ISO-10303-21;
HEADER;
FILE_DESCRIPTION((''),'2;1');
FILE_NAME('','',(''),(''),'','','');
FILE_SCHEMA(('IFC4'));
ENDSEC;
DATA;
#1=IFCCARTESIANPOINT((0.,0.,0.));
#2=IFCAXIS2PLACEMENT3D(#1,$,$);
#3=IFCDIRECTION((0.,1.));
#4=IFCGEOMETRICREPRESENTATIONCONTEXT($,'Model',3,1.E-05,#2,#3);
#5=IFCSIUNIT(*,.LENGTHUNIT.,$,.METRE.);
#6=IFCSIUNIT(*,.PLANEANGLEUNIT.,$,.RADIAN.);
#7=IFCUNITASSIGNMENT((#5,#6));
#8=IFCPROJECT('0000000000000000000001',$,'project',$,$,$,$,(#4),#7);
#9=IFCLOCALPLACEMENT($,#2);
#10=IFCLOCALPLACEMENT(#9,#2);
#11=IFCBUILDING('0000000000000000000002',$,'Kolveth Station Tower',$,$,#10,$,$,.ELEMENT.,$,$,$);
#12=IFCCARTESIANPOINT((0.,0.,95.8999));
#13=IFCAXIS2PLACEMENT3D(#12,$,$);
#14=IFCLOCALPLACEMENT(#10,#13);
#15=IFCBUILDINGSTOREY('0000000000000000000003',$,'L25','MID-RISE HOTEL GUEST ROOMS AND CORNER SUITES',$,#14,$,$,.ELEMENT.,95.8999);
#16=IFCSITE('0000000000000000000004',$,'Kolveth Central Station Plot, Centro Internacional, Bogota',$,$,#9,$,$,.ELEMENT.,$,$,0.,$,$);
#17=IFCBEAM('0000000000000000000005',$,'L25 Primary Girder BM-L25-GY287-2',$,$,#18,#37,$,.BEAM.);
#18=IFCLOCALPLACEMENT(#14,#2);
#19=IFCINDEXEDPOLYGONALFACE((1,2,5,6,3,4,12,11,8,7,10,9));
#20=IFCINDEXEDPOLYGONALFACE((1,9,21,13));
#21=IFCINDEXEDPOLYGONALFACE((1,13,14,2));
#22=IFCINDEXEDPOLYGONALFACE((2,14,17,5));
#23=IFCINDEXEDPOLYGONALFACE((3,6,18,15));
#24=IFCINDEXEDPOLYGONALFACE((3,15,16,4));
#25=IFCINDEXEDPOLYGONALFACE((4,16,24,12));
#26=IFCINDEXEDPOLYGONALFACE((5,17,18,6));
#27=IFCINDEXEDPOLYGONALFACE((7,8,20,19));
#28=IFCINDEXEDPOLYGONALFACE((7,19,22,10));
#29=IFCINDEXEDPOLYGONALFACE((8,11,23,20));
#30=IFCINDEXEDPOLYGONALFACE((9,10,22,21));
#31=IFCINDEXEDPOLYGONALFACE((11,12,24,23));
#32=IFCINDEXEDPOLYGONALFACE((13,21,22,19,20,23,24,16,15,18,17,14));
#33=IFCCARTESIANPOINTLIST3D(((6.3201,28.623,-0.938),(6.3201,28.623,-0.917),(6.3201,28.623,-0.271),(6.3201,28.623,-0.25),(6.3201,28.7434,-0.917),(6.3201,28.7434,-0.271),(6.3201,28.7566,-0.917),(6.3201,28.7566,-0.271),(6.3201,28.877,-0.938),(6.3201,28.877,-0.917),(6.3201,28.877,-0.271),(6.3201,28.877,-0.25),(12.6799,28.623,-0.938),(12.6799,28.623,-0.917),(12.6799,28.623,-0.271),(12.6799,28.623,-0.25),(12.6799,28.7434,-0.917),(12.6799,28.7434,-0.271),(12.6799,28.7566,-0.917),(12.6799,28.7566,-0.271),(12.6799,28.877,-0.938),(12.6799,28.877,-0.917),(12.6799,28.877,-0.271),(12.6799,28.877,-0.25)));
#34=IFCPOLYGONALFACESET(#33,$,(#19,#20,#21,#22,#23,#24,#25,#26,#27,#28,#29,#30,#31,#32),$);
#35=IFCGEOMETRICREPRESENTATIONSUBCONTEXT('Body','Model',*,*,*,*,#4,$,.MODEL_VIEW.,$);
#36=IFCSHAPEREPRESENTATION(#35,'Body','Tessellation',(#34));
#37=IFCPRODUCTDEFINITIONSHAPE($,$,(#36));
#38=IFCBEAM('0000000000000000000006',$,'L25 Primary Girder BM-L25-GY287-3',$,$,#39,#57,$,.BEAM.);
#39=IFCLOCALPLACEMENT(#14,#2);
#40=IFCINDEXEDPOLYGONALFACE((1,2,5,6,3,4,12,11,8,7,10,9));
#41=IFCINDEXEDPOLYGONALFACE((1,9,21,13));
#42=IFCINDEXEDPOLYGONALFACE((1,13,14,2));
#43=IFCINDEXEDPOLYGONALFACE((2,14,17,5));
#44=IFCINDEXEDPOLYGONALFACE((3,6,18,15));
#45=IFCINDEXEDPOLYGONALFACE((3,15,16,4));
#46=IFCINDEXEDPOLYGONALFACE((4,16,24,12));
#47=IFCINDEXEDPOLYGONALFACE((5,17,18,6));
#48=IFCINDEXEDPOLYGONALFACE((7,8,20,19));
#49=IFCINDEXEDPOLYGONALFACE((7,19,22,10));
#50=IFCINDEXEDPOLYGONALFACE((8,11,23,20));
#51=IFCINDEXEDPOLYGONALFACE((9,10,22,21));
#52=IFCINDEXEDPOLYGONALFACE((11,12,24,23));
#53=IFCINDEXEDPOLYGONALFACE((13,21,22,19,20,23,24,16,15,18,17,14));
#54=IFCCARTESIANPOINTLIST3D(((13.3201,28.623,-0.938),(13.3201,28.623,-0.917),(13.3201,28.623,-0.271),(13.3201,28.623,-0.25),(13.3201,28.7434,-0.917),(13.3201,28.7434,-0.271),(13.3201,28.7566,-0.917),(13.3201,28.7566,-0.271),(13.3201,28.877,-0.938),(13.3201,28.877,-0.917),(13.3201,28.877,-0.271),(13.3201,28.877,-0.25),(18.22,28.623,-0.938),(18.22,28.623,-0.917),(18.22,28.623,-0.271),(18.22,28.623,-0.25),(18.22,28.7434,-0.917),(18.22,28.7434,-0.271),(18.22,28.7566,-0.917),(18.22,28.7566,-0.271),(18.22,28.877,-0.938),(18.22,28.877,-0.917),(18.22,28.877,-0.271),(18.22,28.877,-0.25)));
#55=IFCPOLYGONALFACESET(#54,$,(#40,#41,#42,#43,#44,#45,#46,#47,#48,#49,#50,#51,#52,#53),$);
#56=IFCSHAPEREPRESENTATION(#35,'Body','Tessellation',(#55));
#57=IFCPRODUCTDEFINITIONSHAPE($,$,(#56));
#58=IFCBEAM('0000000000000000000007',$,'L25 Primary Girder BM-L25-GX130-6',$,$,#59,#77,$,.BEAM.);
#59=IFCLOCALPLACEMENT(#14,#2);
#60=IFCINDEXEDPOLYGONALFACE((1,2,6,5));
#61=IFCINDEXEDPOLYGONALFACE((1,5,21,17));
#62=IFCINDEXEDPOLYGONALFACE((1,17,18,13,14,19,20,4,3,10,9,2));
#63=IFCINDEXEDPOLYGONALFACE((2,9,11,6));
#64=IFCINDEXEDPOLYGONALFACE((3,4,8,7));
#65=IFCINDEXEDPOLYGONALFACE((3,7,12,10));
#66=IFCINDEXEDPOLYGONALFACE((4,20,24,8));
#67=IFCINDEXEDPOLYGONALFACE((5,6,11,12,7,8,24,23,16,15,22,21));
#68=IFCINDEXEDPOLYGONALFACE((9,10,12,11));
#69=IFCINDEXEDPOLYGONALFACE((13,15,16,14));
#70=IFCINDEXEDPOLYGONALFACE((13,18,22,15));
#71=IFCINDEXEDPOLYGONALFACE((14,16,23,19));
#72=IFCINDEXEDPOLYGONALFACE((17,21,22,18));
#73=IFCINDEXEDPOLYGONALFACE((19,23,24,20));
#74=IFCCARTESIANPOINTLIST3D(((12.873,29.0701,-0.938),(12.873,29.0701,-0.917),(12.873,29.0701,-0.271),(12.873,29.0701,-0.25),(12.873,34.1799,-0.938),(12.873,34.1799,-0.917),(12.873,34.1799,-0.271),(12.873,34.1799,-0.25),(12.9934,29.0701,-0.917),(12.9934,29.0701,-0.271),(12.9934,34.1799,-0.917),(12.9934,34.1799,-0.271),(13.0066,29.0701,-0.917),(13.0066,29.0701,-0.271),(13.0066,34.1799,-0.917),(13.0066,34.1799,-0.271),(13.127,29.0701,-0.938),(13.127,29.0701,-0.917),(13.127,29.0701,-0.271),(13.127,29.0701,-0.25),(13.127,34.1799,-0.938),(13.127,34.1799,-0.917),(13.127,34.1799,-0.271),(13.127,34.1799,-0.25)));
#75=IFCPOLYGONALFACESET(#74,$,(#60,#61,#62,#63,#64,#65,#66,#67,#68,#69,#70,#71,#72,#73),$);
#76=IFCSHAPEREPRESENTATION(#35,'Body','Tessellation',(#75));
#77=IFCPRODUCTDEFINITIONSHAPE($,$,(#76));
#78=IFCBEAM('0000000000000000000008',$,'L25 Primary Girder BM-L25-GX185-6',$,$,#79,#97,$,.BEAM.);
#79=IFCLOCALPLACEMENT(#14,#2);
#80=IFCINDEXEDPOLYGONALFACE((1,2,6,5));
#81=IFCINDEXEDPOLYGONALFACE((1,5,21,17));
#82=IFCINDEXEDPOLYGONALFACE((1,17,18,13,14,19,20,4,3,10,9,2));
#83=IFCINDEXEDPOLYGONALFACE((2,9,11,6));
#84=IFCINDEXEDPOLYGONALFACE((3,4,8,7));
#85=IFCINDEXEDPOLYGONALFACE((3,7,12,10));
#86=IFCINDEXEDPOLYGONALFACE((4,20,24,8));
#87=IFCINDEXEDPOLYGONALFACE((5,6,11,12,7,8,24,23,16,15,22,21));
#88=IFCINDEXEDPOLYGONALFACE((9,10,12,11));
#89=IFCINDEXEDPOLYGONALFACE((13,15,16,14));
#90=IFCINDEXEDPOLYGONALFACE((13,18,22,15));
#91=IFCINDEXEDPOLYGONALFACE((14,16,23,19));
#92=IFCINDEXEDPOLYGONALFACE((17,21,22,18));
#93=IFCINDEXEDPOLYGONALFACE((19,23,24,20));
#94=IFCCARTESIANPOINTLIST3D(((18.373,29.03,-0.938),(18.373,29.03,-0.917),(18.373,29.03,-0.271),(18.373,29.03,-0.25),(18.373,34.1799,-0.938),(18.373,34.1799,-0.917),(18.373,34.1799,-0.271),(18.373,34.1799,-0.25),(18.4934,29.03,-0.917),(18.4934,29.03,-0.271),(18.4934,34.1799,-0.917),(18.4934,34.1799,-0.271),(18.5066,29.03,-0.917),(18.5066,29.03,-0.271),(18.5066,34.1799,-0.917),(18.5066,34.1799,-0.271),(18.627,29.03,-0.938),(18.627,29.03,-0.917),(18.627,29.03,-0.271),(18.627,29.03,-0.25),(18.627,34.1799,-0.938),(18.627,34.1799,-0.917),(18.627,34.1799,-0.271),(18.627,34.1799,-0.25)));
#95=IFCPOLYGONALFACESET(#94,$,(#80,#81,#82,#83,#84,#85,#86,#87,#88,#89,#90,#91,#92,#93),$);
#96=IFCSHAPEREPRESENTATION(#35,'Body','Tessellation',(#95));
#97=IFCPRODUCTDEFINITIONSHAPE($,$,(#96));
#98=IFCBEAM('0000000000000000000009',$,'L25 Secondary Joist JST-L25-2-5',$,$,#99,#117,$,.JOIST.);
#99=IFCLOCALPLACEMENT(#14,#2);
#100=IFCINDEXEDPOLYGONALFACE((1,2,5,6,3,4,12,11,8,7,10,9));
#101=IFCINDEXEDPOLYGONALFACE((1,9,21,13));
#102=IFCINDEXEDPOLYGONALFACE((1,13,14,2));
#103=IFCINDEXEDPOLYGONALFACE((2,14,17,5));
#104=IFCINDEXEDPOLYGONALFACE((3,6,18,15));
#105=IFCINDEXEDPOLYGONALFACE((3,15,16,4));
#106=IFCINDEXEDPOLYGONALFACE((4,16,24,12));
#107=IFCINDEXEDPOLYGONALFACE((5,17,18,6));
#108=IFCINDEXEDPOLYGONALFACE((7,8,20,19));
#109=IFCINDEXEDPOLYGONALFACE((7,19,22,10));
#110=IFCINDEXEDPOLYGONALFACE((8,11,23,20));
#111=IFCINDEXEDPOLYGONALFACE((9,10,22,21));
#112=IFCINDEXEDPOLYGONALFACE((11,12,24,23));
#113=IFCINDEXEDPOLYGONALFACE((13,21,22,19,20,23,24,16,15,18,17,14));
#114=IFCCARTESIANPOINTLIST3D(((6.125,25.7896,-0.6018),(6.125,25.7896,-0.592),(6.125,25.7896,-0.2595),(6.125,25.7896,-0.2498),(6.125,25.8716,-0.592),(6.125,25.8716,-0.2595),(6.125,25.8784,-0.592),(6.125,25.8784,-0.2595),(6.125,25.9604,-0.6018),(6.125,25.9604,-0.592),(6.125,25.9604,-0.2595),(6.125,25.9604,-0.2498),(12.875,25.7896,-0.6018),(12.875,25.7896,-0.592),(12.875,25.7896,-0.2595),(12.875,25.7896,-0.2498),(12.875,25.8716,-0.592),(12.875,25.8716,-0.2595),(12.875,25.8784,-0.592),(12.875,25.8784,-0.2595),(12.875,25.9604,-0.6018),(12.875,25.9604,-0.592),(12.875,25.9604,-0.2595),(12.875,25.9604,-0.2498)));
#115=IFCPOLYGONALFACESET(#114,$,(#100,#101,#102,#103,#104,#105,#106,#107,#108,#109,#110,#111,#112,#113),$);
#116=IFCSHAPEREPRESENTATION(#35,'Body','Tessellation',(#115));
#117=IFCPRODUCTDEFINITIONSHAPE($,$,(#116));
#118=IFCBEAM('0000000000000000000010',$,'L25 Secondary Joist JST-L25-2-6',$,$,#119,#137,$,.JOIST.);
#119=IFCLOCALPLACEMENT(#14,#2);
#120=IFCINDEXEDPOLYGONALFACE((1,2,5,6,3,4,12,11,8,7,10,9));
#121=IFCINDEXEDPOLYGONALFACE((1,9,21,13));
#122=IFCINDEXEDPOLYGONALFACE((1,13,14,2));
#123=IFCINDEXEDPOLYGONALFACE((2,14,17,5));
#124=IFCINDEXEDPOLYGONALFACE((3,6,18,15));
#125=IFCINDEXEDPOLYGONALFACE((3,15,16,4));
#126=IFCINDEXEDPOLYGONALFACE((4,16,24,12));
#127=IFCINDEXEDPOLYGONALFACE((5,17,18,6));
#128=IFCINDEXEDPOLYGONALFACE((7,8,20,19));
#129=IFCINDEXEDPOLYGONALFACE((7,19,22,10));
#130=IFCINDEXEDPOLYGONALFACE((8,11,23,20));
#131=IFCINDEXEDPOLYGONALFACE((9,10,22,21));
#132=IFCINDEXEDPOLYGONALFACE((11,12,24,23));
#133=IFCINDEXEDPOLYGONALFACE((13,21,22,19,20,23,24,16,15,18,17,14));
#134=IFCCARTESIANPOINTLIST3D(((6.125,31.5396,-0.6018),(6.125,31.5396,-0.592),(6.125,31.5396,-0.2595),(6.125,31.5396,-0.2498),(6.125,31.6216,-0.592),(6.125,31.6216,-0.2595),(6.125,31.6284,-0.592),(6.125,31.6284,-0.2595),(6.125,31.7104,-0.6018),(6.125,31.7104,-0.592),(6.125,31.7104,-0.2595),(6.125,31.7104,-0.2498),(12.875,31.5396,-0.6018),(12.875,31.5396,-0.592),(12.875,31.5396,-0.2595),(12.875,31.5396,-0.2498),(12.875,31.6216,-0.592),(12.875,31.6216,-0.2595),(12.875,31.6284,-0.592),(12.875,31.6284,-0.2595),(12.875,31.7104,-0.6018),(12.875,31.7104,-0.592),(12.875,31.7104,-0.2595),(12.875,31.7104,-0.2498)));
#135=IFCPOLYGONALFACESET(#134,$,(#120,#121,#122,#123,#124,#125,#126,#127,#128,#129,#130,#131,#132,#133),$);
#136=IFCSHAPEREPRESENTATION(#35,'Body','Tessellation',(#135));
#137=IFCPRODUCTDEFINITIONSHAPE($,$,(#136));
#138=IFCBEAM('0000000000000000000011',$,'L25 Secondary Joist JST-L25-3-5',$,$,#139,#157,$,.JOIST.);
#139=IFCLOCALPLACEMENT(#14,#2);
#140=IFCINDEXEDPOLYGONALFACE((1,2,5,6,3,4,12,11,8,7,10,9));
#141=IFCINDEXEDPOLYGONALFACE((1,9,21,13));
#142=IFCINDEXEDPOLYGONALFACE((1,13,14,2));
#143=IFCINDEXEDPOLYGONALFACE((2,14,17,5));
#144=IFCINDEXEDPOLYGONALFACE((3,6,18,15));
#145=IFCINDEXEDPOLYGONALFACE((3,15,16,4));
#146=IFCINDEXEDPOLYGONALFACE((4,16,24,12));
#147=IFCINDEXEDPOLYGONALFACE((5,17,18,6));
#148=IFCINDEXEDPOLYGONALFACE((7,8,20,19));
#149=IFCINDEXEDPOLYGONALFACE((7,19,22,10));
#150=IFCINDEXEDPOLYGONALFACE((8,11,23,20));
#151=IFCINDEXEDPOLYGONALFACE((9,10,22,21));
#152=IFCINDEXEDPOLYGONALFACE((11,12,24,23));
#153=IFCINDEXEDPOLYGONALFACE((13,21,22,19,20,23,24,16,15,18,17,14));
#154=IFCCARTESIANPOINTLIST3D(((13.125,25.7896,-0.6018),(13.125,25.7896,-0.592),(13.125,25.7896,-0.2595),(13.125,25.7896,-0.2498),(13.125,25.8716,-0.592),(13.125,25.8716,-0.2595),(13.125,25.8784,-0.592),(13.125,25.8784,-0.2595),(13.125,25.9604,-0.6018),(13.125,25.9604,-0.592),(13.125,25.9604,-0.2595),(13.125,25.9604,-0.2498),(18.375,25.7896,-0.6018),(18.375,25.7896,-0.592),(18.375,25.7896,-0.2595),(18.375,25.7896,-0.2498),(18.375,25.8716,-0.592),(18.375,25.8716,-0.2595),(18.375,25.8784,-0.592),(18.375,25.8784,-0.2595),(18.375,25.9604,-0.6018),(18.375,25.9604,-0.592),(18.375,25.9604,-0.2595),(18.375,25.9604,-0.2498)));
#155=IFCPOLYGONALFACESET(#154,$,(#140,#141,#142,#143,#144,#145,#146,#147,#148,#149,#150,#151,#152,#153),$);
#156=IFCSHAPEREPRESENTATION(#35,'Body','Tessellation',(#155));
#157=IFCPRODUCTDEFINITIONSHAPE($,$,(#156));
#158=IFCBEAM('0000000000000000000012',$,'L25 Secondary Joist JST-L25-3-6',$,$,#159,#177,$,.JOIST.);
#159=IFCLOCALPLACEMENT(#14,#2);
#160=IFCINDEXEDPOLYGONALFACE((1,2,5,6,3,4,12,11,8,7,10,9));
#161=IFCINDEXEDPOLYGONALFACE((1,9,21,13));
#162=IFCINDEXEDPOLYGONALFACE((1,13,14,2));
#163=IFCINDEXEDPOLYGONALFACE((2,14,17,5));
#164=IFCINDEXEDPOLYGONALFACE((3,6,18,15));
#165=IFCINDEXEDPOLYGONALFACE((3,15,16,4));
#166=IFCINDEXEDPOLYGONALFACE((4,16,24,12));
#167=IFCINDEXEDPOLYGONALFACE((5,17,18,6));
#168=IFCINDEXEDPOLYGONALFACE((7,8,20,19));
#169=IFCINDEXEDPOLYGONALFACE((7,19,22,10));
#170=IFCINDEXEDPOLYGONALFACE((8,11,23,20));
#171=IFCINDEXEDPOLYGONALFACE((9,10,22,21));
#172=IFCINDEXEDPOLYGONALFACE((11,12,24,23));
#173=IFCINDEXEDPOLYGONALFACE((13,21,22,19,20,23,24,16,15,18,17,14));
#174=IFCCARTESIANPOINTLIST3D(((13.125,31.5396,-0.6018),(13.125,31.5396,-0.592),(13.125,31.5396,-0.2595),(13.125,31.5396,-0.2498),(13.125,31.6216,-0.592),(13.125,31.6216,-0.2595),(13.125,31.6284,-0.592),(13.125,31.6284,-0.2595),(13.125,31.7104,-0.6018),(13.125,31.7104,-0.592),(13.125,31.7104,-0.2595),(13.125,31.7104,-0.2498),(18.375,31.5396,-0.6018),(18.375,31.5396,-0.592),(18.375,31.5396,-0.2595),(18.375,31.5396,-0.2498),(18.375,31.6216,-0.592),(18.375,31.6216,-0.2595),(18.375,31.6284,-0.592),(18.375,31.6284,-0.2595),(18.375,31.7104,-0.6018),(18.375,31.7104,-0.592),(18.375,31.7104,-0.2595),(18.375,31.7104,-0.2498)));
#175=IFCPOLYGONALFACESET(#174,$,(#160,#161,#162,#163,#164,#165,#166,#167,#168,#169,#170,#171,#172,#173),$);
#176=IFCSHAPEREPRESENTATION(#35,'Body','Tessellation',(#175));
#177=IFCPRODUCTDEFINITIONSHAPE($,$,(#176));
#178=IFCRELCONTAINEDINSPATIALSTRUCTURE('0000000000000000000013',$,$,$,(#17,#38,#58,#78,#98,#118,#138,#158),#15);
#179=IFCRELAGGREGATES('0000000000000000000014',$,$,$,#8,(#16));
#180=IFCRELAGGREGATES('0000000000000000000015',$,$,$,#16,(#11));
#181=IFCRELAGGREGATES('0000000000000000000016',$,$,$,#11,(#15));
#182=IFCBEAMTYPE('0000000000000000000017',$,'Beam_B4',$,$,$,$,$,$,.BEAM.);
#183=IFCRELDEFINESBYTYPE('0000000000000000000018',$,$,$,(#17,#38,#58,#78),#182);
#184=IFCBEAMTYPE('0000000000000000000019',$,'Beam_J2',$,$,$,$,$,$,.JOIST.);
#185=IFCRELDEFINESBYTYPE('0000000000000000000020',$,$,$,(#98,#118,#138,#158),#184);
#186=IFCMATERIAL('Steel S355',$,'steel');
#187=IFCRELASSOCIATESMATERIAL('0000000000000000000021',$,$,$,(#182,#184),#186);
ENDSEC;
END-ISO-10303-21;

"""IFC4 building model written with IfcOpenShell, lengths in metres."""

from ifc_helpers import new_model, si_unit, direction, frame, origin, origin_2d, place, context, subcontext, project, spatial, i_section, extrude, source, transform, mapped, material, material_profile, profile_set, type_object, element, save


model = new_model("IFC4")

# Units and contexts
model_context = context("Model", 3, precision=1e-05, world=origin(), true_north=direction((0.0, 1.0)))
body_context = subcontext(model_context, "Body", "Model", "MODEL_VIEW")
ifc_project = project(units=[si_unit("LENGTHUNIT", "METRE"), si_unit("PLANEANGLEUNIT", "RADIAN")], contexts=[model_context])

# Site, building, storey
site_placement = place(None, origin())
site = spatial("IfcSite", under=ifc_project, at=site_placement, Name="Kolveth Central Station Plot, Centro Internacional, Bogota", CompositionType="ELEMENT", RefElevation=0.0)
building_placement = place(site_placement, origin())
building = spatial("IfcBuilding", under=site, at=building_placement, Name="Kolveth Station Tower", CompositionType="ELEMENT")
storey_placement = place(building_placement, frame((0.0, 0.0, 95.8999)))
storey = spatial("IfcBuildingStorey", under=building, at=storey_placement, Name="L25", Description="MID-RISE HOTEL GUEST ROOMS AND CORNER SUITES", CompositionType="ELEMENT", Elevation=95.8999)

# Shared definitions
ifc_material_1 = material(Name="Steel S355", Category="steel")

# Beams
ifc_material_profile_1 = material_profile(ifc_material_1, i_section(OverallWidth=0.2539, OverallDepth=0.688, WebThickness=0.0132, FlangeThickness=0.021, at=origin_2d()), Name="W690x152")
ifc_profile_set_1 = profile_set([ifc_material_profile_1], Name="Steel S355")
beam_type_1 = type_object("IfcBeamType", Name="Beam_B4", PredefinedType="BEAM", material=ifc_profile_set_1)
shared_shape_1 = source(origin(), body_context, "Body", "SweptSolid", [
    extrude(i_section(OverallWidth=0.2539, OverallDepth=0.688, WebThickness=0.0132, FlangeThickness=0.021, at=origin_2d()), origin(), (0.0, 0.0, 1.0), 6.3599),
])
beam_1_placement = place(storey_placement, frame((6.3201, 28.75, -0.594), z_axis=(1.0, 0.0, 0.0), x_axis=(0.0, 1.0, 0.0)))
element("IfcBeam", 1, at=beam_1_placement, inside=storey, type_object=beam_type_1, Name="L25 Primary Girder BM-L25-GY287-2", PredefinedType="BEAM", context=body_context, shape_type="MappedRepresentation", body=[
    mapped(shared_shape_1, transform((0.0, 0.0, 0.0), x_axis=(1.0, 0.0, 0.0), y_axis=(0.0, 1.0, 0.0), z_axis=(0.0, 0.0, 1.0), scale=1.0)),
])
shared_shape_2 = source(origin(), body_context, "Body", "SweptSolid", [
    extrude(i_section(OverallWidth=0.2539, OverallDepth=0.688, WebThickness=0.0132, FlangeThickness=0.021, at=origin_2d()), origin(), (0.0, 0.0, 1.0), 4.8999),
])
beam_2_placement = place(storey_placement, frame((13.3201, 28.75, -0.594), z_axis=(1.0, 0.0, 0.0), x_axis=(0.0, 1.0, 0.0)))
element("IfcBeam", 2, at=beam_2_placement, inside=storey, type_object=beam_type_1, Name="L25 Primary Girder BM-L25-GY287-3", PredefinedType="BEAM", context=body_context, shape_type="MappedRepresentation", body=[
    mapped(shared_shape_2, transform((0.0, 0.0, 0.0), x_axis=(1.0, 0.0, 0.0), y_axis=(0.0, 1.0, 0.0), z_axis=(0.0, 0.0, 1.0), scale=1.0)),
])
shared_shape_3 = source(origin(), body_context, "Body", "SweptSolid", [
    extrude(i_section(OverallWidth=0.2539, OverallDepth=0.688, WebThickness=0.0132, FlangeThickness=0.021, at=origin_2d()), origin(), (0.0, 0.0, 1.0), 5.1099),
])
beam_3_placement = place(storey_placement, frame((13.0, 29.0701, -0.594), z_axis=(0.0, 1.0, 0.0), x_axis=(-1.0, 0.0, 0.0)))
element("IfcBeam", 3, at=beam_3_placement, inside=storey, type_object=beam_type_1, Name="L25 Primary Girder BM-L25-GX130-6", PredefinedType="BEAM", context=body_context, shape_type="MappedRepresentation", body=[
    mapped(shared_shape_3, transform((0.0, 0.0, 0.0), x_axis=(1.0, 0.0, 0.0), y_axis=(0.0, 1.0, 0.0), z_axis=(0.0, 0.0, 1.0), scale=1.0)),
])
shared_shape_4 = source(origin(), body_context, "Body", "SweptSolid", [
    extrude(i_section(OverallWidth=0.2539, OverallDepth=0.688, WebThickness=0.0132, FlangeThickness=0.021, at=origin_2d()), origin(), (0.0, 0.0, 1.0), 5.1499),
])
beam_4_placement = place(storey_placement, frame((18.5, 29.03, -0.594), z_axis=(0.0, 1.0, 0.0), x_axis=(-1.0, 0.0, 0.0)))
element("IfcBeam", 4, at=beam_4_placement, inside=storey, type_object=beam_type_1, Name="L25 Primary Girder BM-L25-GX185-6", PredefinedType="BEAM", context=body_context, shape_type="MappedRepresentation", body=[
    mapped(shared_shape_4, transform((0.0, 0.0, 0.0), x_axis=(1.0, 0.0, 0.0), y_axis=(0.0, 1.0, 0.0), z_axis=(0.0, 0.0, 1.0), scale=1.0)),
])
ifc_material_profile_2 = material_profile(ifc_material_1, i_section(OverallWidth=0.1709, OverallDepth=0.3521, WebThickness=0.0068, FlangeThickness=0.0098, at=origin_2d()), Name="W360x44")
ifc_profile_set_2 = profile_set([ifc_material_profile_2], Name="Steel S355")
beam_type_2 = type_object("IfcBeamType", Name="Beam_J2", PredefinedType="JOIST", material=ifc_profile_set_2)
shared_shape_5 = source(origin(), body_context, "Body", "SweptSolid", [
    extrude(i_section(OverallWidth=0.1709, OverallDepth=0.3521, WebThickness=0.0068, FlangeThickness=0.0098, at=origin_2d()), origin(), (0.0, 0.0, 1.0), 6.75),
])
for number, where, z_axis, x_axis, name in (
    (5, (6.125, 25.875, -0.4258), (1.0, 0.0, 0.0), (0.0, 1.0, 0.0), "L25 Secondary Joist JST-L25-2-5"),
    (6, (6.125, 31.625, -0.4258), (1.0, 0.0, 0.0), (0.0, 1.0, 0.0), "L25 Secondary Joist JST-L25-2-6"),
):
    element("IfcBeam", number, at=place(storey_placement, frame(where, z_axis=z_axis, x_axis=x_axis)), inside=storey, type_object=beam_type_2, Name=name, PredefinedType="JOIST", context=body_context, shape_type="MappedRepresentation", body=[
        mapped(shared_shape_5, transform((0.0, 0.0, 0.0), x_axis=(1.0, 0.0, 0.0), y_axis=(0.0, 1.0, 0.0), z_axis=(0.0, 0.0, 1.0), scale=1.0)),
    ])
shared_shape_6 = source(origin(), body_context, "Body", "SweptSolid", [
    extrude(i_section(OverallWidth=0.1709, OverallDepth=0.3521, WebThickness=0.0068, FlangeThickness=0.0098, at=origin_2d()), origin(), (0.0, 0.0, 1.0), 5.25),
])
for number, where, z_axis, x_axis, name in (
    (7, (13.125, 25.875, -0.4258), (1.0, 0.0, 0.0), (0.0, 1.0, 0.0), "L25 Secondary Joist JST-L25-3-5"),
    (8, (13.125, 31.625, -0.4258), (1.0, 0.0, 0.0), (0.0, 1.0, 0.0), "L25 Secondary Joist JST-L25-3-6"),
):
    element("IfcBeam", number, at=place(storey_placement, frame(where, z_axis=z_axis, x_axis=x_axis)), inside=storey, type_object=beam_type_2, Name=name, PredefinedType="JOIST", context=body_context, shape_type="MappedRepresentation", body=[
        mapped(shared_shape_6, transform((0.0, 0.0, 0.0), x_axis=(1.0, 0.0, 0.0), y_axis=(0.0, 1.0, 0.0), z_axis=(0.0, 0.0, 1.0), scale=1.0)),
    ])

save(model, "model.ifc")
